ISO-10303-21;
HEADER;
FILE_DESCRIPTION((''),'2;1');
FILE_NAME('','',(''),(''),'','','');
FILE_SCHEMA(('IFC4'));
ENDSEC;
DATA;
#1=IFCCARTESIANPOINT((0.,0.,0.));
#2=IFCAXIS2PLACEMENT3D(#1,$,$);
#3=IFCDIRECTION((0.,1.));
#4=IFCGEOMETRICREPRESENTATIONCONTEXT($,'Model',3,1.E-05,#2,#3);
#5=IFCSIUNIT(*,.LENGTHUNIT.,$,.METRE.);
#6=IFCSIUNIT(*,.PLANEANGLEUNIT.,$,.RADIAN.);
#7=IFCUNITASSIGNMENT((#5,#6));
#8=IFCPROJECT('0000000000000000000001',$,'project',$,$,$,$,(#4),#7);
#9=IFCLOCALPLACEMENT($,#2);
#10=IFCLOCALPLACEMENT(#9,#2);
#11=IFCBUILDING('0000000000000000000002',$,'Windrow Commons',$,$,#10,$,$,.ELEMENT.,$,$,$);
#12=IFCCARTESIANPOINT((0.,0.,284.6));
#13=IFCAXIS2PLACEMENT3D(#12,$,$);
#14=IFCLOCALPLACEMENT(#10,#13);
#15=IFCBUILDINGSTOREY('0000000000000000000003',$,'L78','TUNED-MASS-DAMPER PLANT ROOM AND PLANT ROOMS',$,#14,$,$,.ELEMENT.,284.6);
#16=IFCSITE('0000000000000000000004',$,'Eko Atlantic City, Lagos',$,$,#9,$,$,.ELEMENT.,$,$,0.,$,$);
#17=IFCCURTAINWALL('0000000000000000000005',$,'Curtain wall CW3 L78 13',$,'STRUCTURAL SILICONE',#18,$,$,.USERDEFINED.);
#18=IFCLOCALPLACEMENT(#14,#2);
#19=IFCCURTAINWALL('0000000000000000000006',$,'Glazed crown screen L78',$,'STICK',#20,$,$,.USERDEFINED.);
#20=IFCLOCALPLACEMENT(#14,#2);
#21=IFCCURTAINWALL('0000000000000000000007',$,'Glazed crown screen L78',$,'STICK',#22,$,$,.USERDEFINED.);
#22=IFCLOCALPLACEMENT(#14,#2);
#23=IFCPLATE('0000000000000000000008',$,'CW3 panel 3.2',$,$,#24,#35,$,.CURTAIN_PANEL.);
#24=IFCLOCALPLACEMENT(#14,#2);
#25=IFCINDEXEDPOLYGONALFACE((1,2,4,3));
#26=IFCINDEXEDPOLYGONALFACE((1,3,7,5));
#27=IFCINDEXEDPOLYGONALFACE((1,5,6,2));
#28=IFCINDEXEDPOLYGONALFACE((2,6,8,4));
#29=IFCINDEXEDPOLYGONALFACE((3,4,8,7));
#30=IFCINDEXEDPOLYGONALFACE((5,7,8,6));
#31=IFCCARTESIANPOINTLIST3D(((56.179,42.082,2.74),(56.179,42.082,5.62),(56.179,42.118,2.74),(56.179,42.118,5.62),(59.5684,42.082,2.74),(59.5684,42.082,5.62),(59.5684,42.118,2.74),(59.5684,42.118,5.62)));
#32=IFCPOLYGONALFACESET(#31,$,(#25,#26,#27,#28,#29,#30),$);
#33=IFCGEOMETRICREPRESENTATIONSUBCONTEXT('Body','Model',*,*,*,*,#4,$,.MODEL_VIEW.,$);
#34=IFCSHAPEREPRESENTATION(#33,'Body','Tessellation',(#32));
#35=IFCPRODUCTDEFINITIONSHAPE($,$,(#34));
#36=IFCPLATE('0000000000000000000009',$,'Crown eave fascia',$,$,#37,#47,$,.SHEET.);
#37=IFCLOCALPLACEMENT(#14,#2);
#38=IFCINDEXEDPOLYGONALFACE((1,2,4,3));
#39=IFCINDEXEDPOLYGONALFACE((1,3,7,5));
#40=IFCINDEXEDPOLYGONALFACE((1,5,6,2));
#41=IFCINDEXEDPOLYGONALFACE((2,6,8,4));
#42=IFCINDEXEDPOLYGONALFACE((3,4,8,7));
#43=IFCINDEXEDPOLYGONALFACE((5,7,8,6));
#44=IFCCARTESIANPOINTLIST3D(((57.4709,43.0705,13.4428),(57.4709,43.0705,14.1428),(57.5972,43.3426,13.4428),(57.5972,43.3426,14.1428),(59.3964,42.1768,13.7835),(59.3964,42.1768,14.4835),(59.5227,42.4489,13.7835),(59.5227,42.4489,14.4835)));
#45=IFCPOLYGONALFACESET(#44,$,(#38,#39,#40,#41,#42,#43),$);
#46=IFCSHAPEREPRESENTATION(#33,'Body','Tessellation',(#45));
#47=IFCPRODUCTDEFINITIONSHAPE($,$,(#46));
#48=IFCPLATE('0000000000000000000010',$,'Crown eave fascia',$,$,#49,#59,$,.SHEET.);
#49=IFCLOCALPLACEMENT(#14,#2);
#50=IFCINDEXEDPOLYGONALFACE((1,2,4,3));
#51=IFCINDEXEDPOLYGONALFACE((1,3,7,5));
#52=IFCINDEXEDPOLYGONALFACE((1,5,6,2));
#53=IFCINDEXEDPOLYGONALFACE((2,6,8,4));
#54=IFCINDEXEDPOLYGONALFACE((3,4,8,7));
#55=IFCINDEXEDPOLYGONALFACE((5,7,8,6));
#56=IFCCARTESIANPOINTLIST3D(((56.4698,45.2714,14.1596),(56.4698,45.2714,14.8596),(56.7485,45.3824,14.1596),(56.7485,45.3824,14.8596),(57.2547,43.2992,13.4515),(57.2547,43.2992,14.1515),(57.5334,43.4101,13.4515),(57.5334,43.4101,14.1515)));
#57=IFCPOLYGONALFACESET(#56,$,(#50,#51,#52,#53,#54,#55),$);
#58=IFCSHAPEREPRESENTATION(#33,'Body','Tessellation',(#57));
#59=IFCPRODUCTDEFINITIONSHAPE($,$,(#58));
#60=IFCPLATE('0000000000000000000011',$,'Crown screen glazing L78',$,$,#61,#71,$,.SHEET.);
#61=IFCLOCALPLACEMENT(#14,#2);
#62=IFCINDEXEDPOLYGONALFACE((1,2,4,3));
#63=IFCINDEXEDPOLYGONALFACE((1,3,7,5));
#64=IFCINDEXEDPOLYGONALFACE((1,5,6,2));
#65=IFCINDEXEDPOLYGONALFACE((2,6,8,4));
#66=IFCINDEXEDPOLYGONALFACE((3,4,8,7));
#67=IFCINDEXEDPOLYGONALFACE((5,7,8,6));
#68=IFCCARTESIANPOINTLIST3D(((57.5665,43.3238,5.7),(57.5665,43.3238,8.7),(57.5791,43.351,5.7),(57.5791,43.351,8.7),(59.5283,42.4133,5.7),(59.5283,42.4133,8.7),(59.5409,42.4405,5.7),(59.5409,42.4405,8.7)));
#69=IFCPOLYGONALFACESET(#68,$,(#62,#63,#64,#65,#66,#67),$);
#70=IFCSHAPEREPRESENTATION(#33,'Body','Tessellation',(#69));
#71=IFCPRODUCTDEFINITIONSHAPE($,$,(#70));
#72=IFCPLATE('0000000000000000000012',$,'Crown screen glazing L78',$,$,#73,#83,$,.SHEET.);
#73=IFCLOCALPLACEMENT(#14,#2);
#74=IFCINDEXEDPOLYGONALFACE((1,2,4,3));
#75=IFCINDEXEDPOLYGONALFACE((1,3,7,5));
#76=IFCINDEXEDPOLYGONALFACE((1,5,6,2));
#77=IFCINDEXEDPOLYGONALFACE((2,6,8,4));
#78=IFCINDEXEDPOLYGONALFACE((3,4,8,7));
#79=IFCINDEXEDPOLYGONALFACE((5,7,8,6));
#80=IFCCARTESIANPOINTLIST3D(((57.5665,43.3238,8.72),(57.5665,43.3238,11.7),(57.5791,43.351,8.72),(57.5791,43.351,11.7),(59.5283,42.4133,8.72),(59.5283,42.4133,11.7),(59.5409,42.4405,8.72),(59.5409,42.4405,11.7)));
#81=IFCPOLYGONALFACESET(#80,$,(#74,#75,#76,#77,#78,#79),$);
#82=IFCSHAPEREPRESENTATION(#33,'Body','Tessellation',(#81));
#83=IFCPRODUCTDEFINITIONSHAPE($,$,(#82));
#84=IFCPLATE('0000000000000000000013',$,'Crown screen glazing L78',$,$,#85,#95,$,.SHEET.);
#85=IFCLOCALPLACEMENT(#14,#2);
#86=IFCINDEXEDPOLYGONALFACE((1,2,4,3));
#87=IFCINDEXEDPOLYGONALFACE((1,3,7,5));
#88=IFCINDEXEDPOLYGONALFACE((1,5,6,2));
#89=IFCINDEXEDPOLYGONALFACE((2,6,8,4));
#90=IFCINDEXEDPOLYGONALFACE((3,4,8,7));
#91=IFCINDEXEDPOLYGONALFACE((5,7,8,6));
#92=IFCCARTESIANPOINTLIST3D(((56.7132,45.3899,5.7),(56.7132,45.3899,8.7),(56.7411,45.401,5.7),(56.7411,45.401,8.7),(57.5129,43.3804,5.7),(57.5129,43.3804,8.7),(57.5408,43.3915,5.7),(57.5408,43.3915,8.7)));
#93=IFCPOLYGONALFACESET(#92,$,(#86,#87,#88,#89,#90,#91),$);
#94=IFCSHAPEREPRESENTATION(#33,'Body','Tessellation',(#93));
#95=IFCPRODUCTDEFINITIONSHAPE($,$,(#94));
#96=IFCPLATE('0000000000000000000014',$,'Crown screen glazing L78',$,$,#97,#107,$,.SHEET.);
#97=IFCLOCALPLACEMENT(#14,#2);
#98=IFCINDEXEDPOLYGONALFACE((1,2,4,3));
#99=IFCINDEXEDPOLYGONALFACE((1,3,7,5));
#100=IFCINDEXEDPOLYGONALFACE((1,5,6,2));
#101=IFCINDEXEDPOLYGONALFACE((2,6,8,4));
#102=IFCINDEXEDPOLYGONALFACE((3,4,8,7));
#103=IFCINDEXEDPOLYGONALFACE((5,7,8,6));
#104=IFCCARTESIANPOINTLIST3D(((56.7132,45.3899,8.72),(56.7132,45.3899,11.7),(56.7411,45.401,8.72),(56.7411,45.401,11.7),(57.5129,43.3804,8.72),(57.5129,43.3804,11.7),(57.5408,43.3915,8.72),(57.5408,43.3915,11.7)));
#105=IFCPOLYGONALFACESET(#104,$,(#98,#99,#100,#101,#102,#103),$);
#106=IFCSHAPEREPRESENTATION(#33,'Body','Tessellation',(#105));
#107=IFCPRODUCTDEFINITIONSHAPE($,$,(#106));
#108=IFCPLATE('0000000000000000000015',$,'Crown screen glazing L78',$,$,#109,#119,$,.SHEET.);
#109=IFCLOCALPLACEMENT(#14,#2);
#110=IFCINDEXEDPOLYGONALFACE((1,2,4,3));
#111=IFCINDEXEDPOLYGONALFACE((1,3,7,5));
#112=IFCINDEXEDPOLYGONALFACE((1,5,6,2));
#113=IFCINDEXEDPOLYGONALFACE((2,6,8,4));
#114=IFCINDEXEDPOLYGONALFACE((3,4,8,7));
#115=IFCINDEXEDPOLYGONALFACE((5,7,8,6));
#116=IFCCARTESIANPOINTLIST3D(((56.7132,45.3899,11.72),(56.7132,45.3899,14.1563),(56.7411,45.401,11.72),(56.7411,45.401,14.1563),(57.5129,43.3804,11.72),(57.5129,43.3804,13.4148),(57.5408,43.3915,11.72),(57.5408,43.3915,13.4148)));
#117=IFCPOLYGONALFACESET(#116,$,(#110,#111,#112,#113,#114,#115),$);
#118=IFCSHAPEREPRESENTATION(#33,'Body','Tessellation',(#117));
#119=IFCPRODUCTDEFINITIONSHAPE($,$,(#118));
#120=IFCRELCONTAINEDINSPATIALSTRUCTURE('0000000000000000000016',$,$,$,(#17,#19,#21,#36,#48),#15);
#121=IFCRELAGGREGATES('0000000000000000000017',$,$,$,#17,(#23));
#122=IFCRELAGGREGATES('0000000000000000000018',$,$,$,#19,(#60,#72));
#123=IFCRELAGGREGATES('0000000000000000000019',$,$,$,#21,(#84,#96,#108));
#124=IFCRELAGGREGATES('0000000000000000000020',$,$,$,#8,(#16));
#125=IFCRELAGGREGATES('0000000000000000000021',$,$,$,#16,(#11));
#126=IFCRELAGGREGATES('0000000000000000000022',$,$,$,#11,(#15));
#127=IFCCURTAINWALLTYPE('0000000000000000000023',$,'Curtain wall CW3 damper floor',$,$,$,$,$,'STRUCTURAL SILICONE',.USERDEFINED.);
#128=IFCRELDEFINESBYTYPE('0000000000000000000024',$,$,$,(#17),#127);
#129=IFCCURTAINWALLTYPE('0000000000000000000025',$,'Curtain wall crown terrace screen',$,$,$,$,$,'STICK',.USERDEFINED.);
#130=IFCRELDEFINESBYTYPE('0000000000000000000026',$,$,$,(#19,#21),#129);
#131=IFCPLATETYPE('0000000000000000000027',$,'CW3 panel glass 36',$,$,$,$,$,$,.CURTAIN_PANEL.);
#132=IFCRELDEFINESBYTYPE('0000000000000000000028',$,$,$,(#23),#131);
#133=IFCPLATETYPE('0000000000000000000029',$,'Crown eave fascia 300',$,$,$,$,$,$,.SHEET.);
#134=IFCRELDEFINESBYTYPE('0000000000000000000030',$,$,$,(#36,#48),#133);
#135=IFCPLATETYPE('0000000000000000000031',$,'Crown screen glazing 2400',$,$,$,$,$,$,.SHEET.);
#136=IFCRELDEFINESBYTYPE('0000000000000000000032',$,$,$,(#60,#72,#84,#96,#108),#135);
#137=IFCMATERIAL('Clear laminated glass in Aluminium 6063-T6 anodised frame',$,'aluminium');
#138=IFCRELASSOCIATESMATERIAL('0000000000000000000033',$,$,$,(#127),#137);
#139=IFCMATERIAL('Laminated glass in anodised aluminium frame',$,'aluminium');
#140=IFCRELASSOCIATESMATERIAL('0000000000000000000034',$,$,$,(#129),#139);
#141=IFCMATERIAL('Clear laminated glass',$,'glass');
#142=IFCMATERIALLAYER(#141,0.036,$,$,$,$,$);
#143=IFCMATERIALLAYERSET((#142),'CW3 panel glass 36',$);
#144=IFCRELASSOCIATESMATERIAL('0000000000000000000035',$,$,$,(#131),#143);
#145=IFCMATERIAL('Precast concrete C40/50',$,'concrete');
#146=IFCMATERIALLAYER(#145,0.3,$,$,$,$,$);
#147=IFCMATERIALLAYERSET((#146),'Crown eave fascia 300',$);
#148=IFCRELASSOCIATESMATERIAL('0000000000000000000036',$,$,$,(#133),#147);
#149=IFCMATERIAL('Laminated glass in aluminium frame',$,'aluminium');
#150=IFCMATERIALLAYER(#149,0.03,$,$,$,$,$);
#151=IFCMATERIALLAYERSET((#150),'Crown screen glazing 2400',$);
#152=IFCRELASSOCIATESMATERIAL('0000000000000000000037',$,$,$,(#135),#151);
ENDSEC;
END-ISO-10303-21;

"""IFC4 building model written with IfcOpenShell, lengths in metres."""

from ifc_helpers import new_model, si_unit, direction, frame, origin, origin_2d, place, context, subcontext, project, spatial, polyline, rectangle, outline, extrude, material, layer, layer_set, type_object, element, aggregate, save


model = new_model("IFC4")

# Units and contexts
model_context = context("Model", 3, precision=1e-05, world=origin(), true_north=direction((0.0, 1.0)))
body_context = subcontext(model_context, "Body", "Model", "MODEL_VIEW")
ifc_project = project(units=[si_unit("LENGTHUNIT", "METRE"), si_unit("PLANEANGLEUNIT", "RADIAN")], contexts=[model_context])

# Site, building, storey
site_placement = place(None, origin())
site = spatial("IfcSite", under=ifc_project, at=site_placement, Name="Eko Atlantic City, Lagos", CompositionType="ELEMENT", RefElevation=0.0)
building_placement = place(site_placement, origin())
building = spatial("IfcBuilding", under=site, at=building_placement, Name="Windrow Commons", CompositionType="ELEMENT")
storey_placement = place(building_placement, frame((0.0, 0.0, 284.6)))
storey = spatial("IfcBuildingStorey", under=building, at=storey_placement, Name="L78", Description="TUNED-MASS-DAMPER PLANT ROOM AND PLANT ROOMS", CompositionType="ELEMENT", Elevation=284.6)

# Curtain wall
ifc_material_1 = material(Name="Clear laminated glass in Aluminium 6063-T6 anodised frame", Category="aluminium")
curtain_wall_type_1 = type_object("IfcCurtainWallType", Name="Curtain wall CW3 damper floor", ElementType="STRUCTURAL SILICONE", PredefinedType="USERDEFINED", material=ifc_material_1)
placement = place(storey_placement, origin())
curtain_wall_1 = element("IfcCurtainWall", 1, at=placement, inside=storey, type_object=curtain_wall_type_1, Name="Curtain wall CW3 L78 13", ObjectType="STRUCTURAL SILICONE", PredefinedType="USERDEFINED")

# Curtain walls
ifc_material_2 = material(Name="Laminated glass in anodised aluminium frame", Category="aluminium")
curtain_wall_type_2 = type_object("IfcCurtainWallType", Name="Curtain wall crown terrace screen", ElementType="STICK", PredefinedType="USERDEFINED", material=ifc_material_2)
curtain_wall_2 = element("IfcCurtainWall", 2, at=placement, inside=storey, type_object=curtain_wall_type_2, Name="Glazed crown screen L78", ObjectType="STICK", PredefinedType="USERDEFINED")
curtain_wall_3 = element("IfcCurtainWall", 3, at=placement, inside=storey, type_object=curtain_wall_type_2, Name="Glazed crown screen L78", ObjectType="STICK", PredefinedType="USERDEFINED")

# Plate
ifc_material_3 = material(Name="Clear laminated glass", Category="glass")
ifc_layer_1 = layer(ifc_material_3, 0.036)
ifc_layer_set_1 = layer_set([ifc_layer_1], Name="CW3 panel glass 36")
plate_type_1 = type_object("IfcPlateType", Name="CW3 panel glass 36", PredefinedType="CURTAIN_PANEL", material=ifc_layer_set_1)
plate_1_placement = place(storey_placement, frame((57.8737, 42.1, 2.74), z_axis=(0.0, 0.0, 1.0), x_axis=(1.0, 0.0, 0.0)))
plate_1 = element("IfcPlate", 4, at=plate_1_placement, type_object=plate_type_1, Name="CW3 panel 3.2", PredefinedType="CURTAIN_PANEL", context=body_context, shape_type="SweptSolid", body=[
    extrude(rectangle(XDim=3.3895, YDim=0.036, at=origin_2d()), origin(), (0.0, 0.0, 1.0), 2.88),
])
aggregate(curtain_wall_1, [plate_1])

# Plates
ifc_material_4 = material(Name="Precast concrete C40/50", Category="concrete")
ifc_layer_2 = layer(ifc_material_4, 0.3)
ifc_layer_set_2 = layer_set([ifc_layer_2], Name="Crown eave fascia 300")
plate_type_2 = type_object("IfcPlateType", Name="Crown eave fascia 300", PredefinedType="SHEET", material=ifc_layer_set_2)
plate_2_placement = place(storey_placement, frame((59.5227, 42.4489, 13.7835), z_axis=(0.421002, 0.90706, 0.0), x_axis=(-0.895598, 0.415682, -0.158468)))
element("IfcPlate", 5, at=plate_2_placement, inside=storey, type_object=plate_type_2, Name="Crown eave fascia", PredefinedType="SHEET", context=body_context, shape_type="SweptSolid", body=[
    extrude(outline(polyline([(0.0, 0.0), (2.15, 0.0), (2.039, 0.6912), (-0.1109, 0.6912), (0.0, 0.0)])), origin(), (0.0, 0.0, -1.0), 0.3),
])
plate_3_placement = place(storey_placement, frame((57.5334, 43.4101, 13.4515), z_axis=(0.929128, 0.369758, 0.0), x_axis=(-0.350757, 0.881384, 0.316437)))
element("IfcPlate", 6, at=plate_3_placement, inside=storey, type_object=plate_type_2, Name="Crown eave fascia", PredefinedType="SHEET", context=body_context, shape_type="SweptSolid", body=[
    extrude(outline(polyline([(0.0, 0.0), (2.2377, 0.0), (2.4592, 0.664), (0.2215, 0.664), (0.0, 0.0)])), origin(), (0.0, 0.0, -1.0), 0.3),
])

# Plates
ifc_material_5 = material(Name="Laminated glass in aluminium frame", Category="aluminium")
ifc_layer_3 = layer(ifc_material_5, 0.03)
ifc_layer_set_3 = layer_set([ifc_layer_3], Name="Crown screen glazing 2400")
plate_type_3 = type_object("IfcPlateType", Name="Crown screen glazing 2400", PredefinedType="SHEET", material=ifc_layer_set_3)
plate_4_placement = place(storey_placement, frame((59.5409, 42.4405, 5.7), z_axis=(0.420984, 0.907068, 0.0), x_axis=(-0.907068, 0.420984, 0.0)))
plate_4 = element("IfcPlate", 7, at=plate_4_placement, type_object=plate_type_3, Name="Crown screen glazing L78", PredefinedType="SHEET", context=body_context, shape_type="SweptSolid", body=[
    extrude(outline(polyline([(0.0, 0.0), (2.1628, 0.0), (2.1628, 3.0), (0.0, 3.0), (0.0, 0.0)])), origin(), (0.0, 0.0, -1.0), 0.03),
])
plate_5_placement = place(storey_placement, frame((59.5409, 42.4405, 8.72), z_axis=(0.420984, 0.907068, 0.0), x_axis=(-0.907068, 0.420984, 0.0)))
plate_5 = element("IfcPlate", 8, at=plate_5_placement, type_object=plate_type_3, Name="Crown screen glazing L78", PredefinedType="SHEET", context=body_context, shape_type="SweptSolid", body=[
    extrude(outline(polyline([(0.0, 0.0), (2.1628, 0.0), (2.1628, 2.98), (0.0, 2.98), (0.0, 0.0)])), origin(), (0.0, 0.0, -1.0), 0.03),
])
aggregate(curtain_wall_2, [plate_4, plate_5])
plate_6_placement = place(storey_placement, frame((57.5408, 43.3915, 5.7), z_axis=(0.929129, 0.369756, 0.0), x_axis=(-0.369756, 0.929129, 0.0)))
plate_6 = element("IfcPlate", 9, at=plate_6_placement, type_object=plate_type_3, Name="Crown screen glazing L78", PredefinedType="SHEET", context=body_context, shape_type="SweptSolid", body=[
    extrude(outline(polyline([(0.0, 0.0), (2.1628, 0.0), (2.1628, 3.0), (0.0, 3.0), (0.0, 0.0)])), origin(), (0.0, 0.0, -1.0), 0.03),
])
plate_7_placement = place(storey_placement, frame((57.5408, 43.3915, 8.72), z_axis=(0.929129, 0.369756, 0.0), x_axis=(-0.369756, 0.929129, 0.0)))
plate_7 = element("IfcPlate", 10, at=plate_7_placement, type_object=plate_type_3, Name="Crown screen glazing L78", PredefinedType="SHEET", context=body_context, shape_type="SweptSolid", body=[
    extrude(outline(polyline([(0.0, 0.0), (2.1628, 0.0), (2.1628, 2.98), (0.0, 2.98), (0.0, 0.0)])), origin(), (0.0, 0.0, -1.0), 0.03),
])
plate_8_placement = place(storey_placement, frame((57.5408, 43.3915, 11.72), z_axis=(0.929129, 0.369756, 0.0), x_axis=(-0.369756, 0.929129, 0.0)))
plate_8 = element("IfcPlate", 11, at=plate_8_placement, type_object=plate_type_3, Name="Crown screen glazing L78", PredefinedType="SHEET", context=body_context, shape_type="SweptSolid", body=[
    extrude(outline(polyline([(0.0, 0.0), (2.1628, 0.0), (2.1628, 2.4363), (0.0, 1.6948), (0.0, 0.0)])), origin(), (0.0, 0.0, -1.0), 0.03),
])
aggregate(curtain_wall_3, [plate_6, plate_7, plate_8])

save(model, "model.ifc")
